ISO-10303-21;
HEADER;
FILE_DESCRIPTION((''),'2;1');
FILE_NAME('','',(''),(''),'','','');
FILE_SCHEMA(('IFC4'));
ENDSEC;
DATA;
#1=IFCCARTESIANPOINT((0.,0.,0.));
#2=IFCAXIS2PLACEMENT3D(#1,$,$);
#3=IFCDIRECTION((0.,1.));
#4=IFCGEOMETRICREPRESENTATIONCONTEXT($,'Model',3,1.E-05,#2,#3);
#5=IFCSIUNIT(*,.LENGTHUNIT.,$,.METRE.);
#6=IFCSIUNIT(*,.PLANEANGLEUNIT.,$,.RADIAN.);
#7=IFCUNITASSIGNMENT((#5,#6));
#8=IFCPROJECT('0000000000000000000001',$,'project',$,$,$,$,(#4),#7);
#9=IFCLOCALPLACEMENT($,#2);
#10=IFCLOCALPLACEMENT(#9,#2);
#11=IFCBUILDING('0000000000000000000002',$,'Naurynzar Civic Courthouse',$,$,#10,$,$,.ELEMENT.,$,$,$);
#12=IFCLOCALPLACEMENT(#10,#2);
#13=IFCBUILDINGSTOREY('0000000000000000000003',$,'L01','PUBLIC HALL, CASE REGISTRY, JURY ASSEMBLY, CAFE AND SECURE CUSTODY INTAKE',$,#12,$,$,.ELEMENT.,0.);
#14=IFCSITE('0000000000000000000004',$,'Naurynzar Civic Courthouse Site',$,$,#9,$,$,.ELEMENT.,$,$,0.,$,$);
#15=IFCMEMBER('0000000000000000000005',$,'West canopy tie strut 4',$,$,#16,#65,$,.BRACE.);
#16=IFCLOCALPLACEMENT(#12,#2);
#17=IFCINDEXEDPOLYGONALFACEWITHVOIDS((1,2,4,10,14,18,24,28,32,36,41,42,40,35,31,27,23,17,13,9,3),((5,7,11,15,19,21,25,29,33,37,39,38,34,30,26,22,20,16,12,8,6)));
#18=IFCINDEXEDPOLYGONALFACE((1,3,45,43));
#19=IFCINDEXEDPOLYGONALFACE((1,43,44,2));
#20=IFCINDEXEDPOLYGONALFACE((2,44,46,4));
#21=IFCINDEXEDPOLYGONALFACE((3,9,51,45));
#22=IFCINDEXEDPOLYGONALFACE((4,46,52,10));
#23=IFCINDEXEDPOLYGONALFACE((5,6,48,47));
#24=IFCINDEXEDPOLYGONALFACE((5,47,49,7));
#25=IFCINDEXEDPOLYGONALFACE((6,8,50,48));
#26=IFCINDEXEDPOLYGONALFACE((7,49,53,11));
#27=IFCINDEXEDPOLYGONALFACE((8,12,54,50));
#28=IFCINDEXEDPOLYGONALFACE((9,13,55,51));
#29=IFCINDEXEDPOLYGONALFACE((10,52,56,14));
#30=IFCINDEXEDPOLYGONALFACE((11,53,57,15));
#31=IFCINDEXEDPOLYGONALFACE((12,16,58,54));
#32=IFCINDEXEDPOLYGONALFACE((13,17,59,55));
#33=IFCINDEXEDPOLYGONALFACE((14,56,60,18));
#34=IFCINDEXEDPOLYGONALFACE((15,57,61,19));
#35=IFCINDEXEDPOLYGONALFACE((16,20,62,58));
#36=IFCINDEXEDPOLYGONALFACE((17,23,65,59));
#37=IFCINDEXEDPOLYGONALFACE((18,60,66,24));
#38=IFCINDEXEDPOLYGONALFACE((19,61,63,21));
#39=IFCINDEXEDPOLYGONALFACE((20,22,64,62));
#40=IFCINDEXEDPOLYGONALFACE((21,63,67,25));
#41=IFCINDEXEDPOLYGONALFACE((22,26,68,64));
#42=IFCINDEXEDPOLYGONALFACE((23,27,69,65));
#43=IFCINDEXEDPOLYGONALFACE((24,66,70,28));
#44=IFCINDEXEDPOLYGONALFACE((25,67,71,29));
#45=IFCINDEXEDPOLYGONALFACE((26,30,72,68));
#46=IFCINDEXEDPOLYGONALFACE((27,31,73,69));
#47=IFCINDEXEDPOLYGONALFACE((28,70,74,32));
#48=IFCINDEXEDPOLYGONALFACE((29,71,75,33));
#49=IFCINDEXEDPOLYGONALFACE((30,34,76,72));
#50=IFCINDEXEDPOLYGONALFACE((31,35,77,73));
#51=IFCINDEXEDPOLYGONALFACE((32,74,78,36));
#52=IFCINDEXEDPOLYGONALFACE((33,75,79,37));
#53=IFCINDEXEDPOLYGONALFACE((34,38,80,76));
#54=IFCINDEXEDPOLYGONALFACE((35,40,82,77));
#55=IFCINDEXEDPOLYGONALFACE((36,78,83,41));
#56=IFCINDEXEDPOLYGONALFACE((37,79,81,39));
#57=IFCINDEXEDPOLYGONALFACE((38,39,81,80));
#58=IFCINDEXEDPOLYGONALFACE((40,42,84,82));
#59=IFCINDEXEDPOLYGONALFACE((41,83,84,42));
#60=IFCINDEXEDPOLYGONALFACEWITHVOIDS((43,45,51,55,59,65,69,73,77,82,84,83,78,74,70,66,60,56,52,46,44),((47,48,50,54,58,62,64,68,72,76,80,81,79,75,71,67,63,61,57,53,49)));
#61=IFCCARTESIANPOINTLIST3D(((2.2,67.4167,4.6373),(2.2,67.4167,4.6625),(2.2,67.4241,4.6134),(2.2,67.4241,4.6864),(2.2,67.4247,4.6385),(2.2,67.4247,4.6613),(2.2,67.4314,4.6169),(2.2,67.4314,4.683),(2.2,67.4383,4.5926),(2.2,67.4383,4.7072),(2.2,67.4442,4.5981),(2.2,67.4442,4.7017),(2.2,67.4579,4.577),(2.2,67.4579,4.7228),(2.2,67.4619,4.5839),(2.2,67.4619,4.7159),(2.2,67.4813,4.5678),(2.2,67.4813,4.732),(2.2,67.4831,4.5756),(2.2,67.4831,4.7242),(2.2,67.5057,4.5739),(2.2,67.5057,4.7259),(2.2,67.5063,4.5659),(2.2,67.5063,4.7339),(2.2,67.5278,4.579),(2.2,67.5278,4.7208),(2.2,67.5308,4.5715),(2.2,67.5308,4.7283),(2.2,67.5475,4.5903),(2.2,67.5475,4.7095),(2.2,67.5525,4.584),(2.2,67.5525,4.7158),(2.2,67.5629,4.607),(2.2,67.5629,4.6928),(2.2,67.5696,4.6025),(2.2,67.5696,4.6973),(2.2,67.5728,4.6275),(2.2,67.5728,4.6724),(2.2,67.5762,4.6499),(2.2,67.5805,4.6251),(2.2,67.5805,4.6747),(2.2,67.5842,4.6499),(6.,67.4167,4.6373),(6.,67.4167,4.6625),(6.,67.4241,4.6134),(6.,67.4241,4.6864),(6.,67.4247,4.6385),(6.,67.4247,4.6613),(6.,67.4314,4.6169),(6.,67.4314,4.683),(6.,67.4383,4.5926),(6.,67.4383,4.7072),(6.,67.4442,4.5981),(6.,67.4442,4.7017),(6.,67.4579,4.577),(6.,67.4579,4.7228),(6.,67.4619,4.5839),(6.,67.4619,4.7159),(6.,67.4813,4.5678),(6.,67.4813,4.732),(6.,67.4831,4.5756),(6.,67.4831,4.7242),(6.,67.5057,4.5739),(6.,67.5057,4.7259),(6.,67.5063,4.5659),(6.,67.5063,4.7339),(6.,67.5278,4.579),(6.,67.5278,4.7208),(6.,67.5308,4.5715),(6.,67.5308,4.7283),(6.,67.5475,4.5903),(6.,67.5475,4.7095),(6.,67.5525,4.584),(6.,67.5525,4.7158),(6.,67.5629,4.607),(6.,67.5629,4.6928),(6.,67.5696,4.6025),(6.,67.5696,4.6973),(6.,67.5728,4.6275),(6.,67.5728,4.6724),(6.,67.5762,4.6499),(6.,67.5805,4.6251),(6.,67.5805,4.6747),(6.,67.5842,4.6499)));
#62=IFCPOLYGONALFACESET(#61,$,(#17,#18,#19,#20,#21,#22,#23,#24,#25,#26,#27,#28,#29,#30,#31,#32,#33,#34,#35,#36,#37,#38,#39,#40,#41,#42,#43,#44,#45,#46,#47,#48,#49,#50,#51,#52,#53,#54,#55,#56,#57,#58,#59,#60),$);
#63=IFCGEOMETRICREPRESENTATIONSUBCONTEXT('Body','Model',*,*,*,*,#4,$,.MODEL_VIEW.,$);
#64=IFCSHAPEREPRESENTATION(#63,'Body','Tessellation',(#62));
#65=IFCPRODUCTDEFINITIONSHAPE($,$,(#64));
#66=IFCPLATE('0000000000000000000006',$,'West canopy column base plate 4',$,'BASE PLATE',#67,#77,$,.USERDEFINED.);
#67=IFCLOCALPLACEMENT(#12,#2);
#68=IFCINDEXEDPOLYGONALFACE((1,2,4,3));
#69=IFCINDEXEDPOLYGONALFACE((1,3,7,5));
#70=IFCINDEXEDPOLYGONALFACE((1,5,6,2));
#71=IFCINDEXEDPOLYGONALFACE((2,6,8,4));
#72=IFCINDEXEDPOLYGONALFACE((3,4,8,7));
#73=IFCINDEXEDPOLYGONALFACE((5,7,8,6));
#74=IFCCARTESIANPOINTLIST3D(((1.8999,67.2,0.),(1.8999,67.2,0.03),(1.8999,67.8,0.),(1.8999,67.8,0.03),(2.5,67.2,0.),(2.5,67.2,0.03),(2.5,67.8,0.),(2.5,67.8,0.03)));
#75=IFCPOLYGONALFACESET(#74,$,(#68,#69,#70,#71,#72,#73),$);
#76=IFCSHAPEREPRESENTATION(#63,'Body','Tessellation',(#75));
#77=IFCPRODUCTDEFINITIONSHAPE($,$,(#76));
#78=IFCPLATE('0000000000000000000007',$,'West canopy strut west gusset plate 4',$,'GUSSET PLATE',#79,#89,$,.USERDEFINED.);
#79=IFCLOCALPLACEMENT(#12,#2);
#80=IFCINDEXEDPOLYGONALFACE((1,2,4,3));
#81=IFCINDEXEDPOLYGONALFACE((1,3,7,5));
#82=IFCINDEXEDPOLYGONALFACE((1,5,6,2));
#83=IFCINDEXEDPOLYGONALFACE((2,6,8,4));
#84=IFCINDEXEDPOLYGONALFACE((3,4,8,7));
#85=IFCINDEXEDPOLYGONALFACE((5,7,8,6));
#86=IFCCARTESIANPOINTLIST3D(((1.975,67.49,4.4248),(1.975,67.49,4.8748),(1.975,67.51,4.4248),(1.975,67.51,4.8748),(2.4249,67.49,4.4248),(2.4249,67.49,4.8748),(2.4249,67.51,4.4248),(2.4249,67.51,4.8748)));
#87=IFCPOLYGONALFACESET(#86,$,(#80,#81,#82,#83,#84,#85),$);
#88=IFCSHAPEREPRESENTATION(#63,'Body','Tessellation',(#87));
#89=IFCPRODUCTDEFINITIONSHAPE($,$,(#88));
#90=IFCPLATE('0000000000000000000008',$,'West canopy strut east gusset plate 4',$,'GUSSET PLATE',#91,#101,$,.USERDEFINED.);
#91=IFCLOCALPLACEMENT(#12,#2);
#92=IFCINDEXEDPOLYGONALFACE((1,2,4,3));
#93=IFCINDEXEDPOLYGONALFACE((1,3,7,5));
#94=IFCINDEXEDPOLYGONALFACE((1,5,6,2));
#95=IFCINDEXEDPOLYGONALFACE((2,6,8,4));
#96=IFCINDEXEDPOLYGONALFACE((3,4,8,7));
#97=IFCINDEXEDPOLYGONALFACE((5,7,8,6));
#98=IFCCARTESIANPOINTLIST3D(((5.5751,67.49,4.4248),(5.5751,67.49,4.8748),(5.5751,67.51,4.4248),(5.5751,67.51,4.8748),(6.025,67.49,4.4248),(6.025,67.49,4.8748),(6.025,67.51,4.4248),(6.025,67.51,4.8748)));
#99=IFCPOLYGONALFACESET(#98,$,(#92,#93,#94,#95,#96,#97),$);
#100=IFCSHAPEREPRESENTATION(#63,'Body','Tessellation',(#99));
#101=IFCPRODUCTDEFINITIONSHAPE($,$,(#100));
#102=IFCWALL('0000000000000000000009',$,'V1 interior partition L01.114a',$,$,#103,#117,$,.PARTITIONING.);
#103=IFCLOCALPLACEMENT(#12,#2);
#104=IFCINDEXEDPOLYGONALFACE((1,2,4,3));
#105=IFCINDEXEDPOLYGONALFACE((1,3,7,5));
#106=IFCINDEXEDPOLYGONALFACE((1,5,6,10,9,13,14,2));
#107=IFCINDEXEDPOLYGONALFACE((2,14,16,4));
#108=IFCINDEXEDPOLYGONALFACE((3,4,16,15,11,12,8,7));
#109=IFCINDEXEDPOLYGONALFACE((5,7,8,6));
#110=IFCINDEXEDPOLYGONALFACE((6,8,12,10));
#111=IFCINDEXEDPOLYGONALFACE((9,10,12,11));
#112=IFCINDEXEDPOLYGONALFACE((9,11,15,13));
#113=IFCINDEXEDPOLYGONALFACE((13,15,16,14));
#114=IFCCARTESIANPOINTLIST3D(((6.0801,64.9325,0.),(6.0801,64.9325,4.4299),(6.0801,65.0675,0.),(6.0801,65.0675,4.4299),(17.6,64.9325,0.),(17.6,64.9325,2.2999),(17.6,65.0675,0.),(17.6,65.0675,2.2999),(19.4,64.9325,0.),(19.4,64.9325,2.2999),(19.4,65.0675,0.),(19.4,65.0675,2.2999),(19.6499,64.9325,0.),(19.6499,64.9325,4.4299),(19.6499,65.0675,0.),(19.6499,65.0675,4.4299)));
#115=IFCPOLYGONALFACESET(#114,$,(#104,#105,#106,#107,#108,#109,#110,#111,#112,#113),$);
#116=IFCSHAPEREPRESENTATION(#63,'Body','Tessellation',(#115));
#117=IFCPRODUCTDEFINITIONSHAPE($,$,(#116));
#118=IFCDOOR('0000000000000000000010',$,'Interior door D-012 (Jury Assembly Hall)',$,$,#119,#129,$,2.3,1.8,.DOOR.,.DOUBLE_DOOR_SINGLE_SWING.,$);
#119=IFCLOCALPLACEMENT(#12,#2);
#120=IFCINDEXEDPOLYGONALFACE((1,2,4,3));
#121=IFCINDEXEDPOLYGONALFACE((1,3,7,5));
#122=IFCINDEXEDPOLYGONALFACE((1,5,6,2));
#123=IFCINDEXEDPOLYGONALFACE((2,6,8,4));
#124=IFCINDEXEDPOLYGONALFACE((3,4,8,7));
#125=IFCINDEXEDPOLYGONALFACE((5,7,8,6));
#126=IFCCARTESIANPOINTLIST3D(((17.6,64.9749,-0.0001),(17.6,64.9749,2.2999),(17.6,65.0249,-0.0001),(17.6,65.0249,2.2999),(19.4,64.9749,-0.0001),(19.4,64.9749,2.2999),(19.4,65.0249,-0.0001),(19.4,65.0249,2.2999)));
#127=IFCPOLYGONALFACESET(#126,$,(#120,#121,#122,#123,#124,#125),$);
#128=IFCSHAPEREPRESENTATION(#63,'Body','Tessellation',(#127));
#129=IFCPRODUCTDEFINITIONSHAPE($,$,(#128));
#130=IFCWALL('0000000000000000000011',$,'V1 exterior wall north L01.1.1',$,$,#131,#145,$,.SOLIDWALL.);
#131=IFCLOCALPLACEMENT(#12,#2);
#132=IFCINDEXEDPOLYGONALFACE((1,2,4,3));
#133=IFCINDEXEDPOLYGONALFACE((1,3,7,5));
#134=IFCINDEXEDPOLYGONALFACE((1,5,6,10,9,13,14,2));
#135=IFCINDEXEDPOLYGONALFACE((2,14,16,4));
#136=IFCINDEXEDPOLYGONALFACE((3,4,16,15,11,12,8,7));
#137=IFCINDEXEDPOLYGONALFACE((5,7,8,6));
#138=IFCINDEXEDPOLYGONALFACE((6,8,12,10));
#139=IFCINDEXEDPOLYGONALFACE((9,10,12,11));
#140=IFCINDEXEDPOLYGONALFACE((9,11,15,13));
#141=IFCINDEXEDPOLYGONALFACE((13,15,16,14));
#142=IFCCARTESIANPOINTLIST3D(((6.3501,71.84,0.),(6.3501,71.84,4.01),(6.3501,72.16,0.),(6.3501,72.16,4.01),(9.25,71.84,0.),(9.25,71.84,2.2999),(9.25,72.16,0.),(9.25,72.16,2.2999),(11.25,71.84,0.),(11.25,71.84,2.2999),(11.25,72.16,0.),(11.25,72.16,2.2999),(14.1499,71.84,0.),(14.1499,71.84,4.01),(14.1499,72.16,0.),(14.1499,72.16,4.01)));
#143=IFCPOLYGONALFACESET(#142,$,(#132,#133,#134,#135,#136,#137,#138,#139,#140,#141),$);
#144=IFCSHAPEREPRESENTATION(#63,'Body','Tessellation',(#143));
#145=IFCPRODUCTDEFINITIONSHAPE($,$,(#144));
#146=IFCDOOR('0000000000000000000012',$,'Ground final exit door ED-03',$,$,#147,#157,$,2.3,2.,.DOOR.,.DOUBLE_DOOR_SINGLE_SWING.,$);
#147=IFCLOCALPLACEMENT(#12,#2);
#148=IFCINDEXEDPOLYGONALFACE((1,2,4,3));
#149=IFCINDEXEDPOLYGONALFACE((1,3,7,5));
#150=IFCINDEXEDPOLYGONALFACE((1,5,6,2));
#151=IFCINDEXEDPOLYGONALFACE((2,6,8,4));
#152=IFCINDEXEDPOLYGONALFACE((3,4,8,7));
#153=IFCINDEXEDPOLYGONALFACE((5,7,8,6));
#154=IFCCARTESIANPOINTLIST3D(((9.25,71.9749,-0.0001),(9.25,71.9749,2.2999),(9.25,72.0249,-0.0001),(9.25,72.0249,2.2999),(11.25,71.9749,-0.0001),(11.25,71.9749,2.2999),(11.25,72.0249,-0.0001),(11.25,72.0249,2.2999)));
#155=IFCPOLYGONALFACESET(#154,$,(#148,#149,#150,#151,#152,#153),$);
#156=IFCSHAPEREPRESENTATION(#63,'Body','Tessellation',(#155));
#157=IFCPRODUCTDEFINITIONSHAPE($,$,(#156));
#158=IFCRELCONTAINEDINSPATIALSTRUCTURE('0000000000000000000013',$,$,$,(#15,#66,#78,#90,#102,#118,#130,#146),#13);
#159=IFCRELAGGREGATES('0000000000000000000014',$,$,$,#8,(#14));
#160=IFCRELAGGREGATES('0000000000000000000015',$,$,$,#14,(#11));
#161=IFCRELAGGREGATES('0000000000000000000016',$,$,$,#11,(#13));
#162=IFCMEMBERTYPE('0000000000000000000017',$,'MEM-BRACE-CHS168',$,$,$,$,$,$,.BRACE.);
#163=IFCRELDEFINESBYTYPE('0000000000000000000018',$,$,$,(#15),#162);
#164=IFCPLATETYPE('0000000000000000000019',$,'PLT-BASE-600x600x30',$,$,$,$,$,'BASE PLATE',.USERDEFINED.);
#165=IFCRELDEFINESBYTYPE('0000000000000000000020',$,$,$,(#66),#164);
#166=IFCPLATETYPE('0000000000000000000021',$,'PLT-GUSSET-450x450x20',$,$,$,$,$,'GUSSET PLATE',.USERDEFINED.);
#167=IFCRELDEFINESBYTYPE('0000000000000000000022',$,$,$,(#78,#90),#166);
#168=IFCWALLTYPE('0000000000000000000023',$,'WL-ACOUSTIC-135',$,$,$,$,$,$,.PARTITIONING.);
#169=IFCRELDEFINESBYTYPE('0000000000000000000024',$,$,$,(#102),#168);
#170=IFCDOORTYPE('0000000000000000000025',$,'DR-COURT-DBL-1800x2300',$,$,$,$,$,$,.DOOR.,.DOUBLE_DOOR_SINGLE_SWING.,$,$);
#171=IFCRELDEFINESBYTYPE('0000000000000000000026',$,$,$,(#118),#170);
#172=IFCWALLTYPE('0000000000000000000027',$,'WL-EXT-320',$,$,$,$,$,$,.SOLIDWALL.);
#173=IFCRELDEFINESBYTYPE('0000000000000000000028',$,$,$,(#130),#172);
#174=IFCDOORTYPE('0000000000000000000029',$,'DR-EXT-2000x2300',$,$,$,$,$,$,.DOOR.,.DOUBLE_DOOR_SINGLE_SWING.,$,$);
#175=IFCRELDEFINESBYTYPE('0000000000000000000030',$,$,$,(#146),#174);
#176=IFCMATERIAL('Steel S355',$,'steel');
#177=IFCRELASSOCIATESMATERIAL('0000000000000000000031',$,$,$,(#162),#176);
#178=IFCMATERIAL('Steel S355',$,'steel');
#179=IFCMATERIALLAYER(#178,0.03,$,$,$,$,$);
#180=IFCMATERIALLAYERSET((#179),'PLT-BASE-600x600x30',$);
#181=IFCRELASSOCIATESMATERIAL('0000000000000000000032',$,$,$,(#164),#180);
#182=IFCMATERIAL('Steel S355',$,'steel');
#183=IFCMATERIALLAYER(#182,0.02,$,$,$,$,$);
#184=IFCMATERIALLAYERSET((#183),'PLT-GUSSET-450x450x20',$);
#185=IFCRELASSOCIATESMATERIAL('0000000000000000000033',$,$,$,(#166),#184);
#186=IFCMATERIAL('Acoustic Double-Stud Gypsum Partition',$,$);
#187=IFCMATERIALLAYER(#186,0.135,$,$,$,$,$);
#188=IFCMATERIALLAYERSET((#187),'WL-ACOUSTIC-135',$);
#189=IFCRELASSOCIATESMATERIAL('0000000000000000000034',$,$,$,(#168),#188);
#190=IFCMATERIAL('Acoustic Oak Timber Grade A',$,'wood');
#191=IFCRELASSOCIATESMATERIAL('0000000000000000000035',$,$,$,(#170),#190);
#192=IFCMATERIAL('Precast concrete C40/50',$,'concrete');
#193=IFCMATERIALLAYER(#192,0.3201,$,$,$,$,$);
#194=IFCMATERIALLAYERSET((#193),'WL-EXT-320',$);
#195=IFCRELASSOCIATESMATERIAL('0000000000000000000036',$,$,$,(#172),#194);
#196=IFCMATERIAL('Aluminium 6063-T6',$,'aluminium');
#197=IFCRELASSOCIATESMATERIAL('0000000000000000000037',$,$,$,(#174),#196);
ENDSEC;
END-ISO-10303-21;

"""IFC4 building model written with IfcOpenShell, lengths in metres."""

from ifc_helpers import new_model, si_unit, direction, frame, frame_2d, origin, origin_2d, place, context, subcontext, project, spatial, rectangle, hollow_circle, extrude, material, layer, layer_set, material_profile, profile_set, type_object, element, fill, save


model = new_model("IFC4")

# Units and contexts
model_context = context("Model", 3, precision=1e-05, world=origin(), true_north=direction((0.0, 1.0)))
body_context = subcontext(model_context, "Body", "Model", "MODEL_VIEW")
ifc_project = project(units=[si_unit("LENGTHUNIT", "METRE"), si_unit("PLANEANGLEUNIT", "RADIAN")], contexts=[model_context])

# Site, building, storey
site_placement = place(None, origin())
site = spatial("IfcSite", under=ifc_project, at=site_placement, Name="Naurynzar Civic Courthouse Site", CompositionType="ELEMENT", RefElevation=0.0)
building_placement = place(site_placement, origin())
building = spatial("IfcBuilding", under=site, at=building_placement, Name="Naurynzar Civic Courthouse", CompositionType="ELEMENT")
storey_placement = place(building_placement, origin())
storey = spatial("IfcBuildingStorey", under=building, at=storey_placement, Name="L01", Description="PUBLIC HALL, CASE REGISTRY, JURY ASSEMBLY, CAFE AND SECURE CUSTODY INTAKE", CompositionType="ELEMENT", Elevation=0.0)

# Member
ifc_material_1 = material(Name="Steel S355", Category="steel")
ifc_material_profile_1 = material_profile(ifc_material_1, hollow_circle(Radius=0.0842, WallThickness=0.0081, at=origin_2d()), Name="CHS 168.3x8")
ifc_profile_set_1 = profile_set([ifc_material_profile_1], Name="Steel S355")
member_type = type_object("IfcMemberType", Name="MEM-BRACE-CHS168", PredefinedType="BRACE", material=ifc_profile_set_1)
member_placement = place(storey_placement, frame((2.2, 67.5, 4.6499), z_axis=(1.0, 0.0, 0.0), x_axis=(0.0, 1.0, 0.0)))
element("IfcMember", 1, at=member_placement, inside=storey, type_object=member_type, Name="West canopy tie strut 4", PredefinedType="BRACE", context=body_context, shape_type="SweptSolid", body=[
    extrude(hollow_circle(Radius=0.0842, WallThickness=0.0081, at=origin_2d()), origin(), (0.0, 0.0, 1.0), 3.8),
])

# Plates
ifc_material_2 = material(Name="Steel S355", Category="steel")
ifc_layer_1 = layer(ifc_material_2, 0.03)
ifc_layer_set_1 = layer_set([ifc_layer_1], Name="PLT-BASE-600x600x30")
plate_type_1 = type_object("IfcPlateType", Name="PLT-BASE-600x600x30", ElementType="BASE PLATE", PredefinedType="USERDEFINED", material=ifc_layer_set_1)
plate_placement = place(storey_placement, frame((2.2, 67.5, 0.0), z_axis=(0.0, 0.0, 1.0), x_axis=(1.0, 0.0, 0.0)))
element("IfcPlate", 2, at=plate_placement, inside=storey, type_object=plate_type_1, Name="West canopy column base plate 4", ObjectType="BASE PLATE", PredefinedType="USERDEFINED", context=body_context, shape_type="SweptSolid", body=[
    extrude(rectangle(XDim=0.6001, YDim=0.6001, at=origin_2d()), origin(), (0.0, 0.0, 1.0), 0.03),
])
ifc_material_3 = material(Name="Steel S355", Category="steel")
ifc_layer_2 = layer(ifc_material_3, 0.02)
ifc_layer_set_2 = layer_set([ifc_layer_2], Name="PLT-GUSSET-450x450x20")
plate_type_2 = type_object("IfcPlateType", Name="PLT-GUSSET-450x450x20", ElementType="GUSSET PLATE", PredefinedType="USERDEFINED", material=ifc_layer_set_2)
for number, where, z_axis, x_axis, name in (
    (3, (2.2, 67.5, 4.4248), (0.0, 0.0, 1.0), (1.0, 0.0, 0.0), "West canopy strut west gusset plate 4"),
    (4, (5.8, 67.5, 4.4248), (0.0, 0.0, 1.0), (1.0, 0.0, 0.0), "West canopy strut east gusset plate 4"),
):
    element("IfcPlate", number, at=place(storey_placement, frame(where, z_axis=z_axis, x_axis=x_axis)), inside=storey, type_object=plate_type_2, Name=name, ObjectType="GUSSET PLATE", PredefinedType="USERDEFINED", context=body_context, shape_type="SweptSolid", body=[
        extrude(rectangle(XDim=0.45, YDim=0.02, at=origin_2d()), origin(), (0.0, 0.0, 1.0), 0.45),
    ])

# Walls, openings, doors
ifc_material_4 = material(Name="Acoustic Double-Stud Gypsum Partition")
ifc_layer_3 = layer(ifc_material_4, 0.135)
ifc_layer_set_3 = layer_set([ifc_layer_3], Name="WL-ACOUSTIC-135")
wall_type_1 = type_object("IfcWallType", Name="WL-ACOUSTIC-135", PredefinedType="PARTITIONING", material=ifc_layer_set_3)
wall_1_placement = place(storey_placement, frame((6.0801, 65.0, 0.0), z_axis=(0.0, 0.0, 1.0), x_axis=(1.0, 0.0, 0.0)))
wall_1 = element("IfcWall", 5, at=wall_1_placement, inside=storey, type_object=wall_type_1, Name="V1 interior partition L01.114a", PredefinedType="PARTITIONING", context=body_context, shape_type="SweptSolid", body=[
    extrude(rectangle(XDim=13.5698, YDim=0.135, at=frame_2d((6.7849, 0.0))), origin(), (0.0, 0.0, 1.0), 4.4299),
])
opening_1_placement = place(wall_1_placement, frame((11.52, 0.0, 0.0)))
opening_1 = element("IfcOpeningElement", 6, at=opening_1_placement, cuts=wall_1, PredefinedType="OPENING", context=body_context, shape_type="SweptSolid", body=[
    extrude(rectangle(XDim=1.8, YDim=2.3, at=frame_2d((0.8999, 1.1499))), frame((0.0, 0.0774, 0.0), z_axis=(0.0, -1.0, 0.0), x_axis=(1.0, 0.0, 0.0)), (0.0, 0.0, 1.0), 0.155),
])
ifc_material_5 = material(Name="Acoustic Oak Timber Grade A", Category="wood")
door_type_1 = type_object("IfcDoorType", Name="DR-COURT-DBL-1800x2300", OperationType="DOUBLE_DOOR_SINGLE_SWING", PredefinedType="DOOR", material=ifc_material_5)
door_1_placement = place(opening_1_placement, origin())
door_1 = element("IfcDoor", 7, at=door_1_placement, inside=storey, type_object=door_type_1, Name="Interior door D-012 (Jury Assembly Hall)", OperationType="DOUBLE_DOOR_SINGLE_SWING", OverallHeight=2.3, OverallWidth=1.8, PredefinedType="DOOR", context=body_context, shape_type="SweptSolid", body=[
    extrude(rectangle(XDim=1.8, YDim=2.3, at=frame_2d((0.8999, 1.1499))), frame((0.0, 0.0249, 0.0), z_axis=(0.0, -1.0, 0.0), x_axis=(1.0, 0.0, 0.0)), (0.0, 0.0, 1.0), 0.05),
])
fill(opening_1, door_1)
ifc_material_6 = material(Name="Precast concrete C40/50", Category="concrete")
ifc_layer_4 = layer(ifc_material_6, 0.3201)
ifc_layer_set_4 = layer_set([ifc_layer_4], Name="WL-EXT-320")
wall_type_2 = type_object("IfcWallType", Name="WL-EXT-320", PredefinedType="SOLIDWALL", material=ifc_layer_set_4)
wall_2_placement = place(storey_placement, frame((6.3501, 72.0, 0.0), z_axis=(0.0, 0.0, 1.0), x_axis=(1.0, 0.0, 0.0)))
wall_2 = element("IfcWall", 8, at=wall_2_placement, inside=storey, type_object=wall_type_2, Name="V1 exterior wall north L01.1.1", PredefinedType="SOLIDWALL", context=body_context, shape_type="SweptSolid", body=[
    extrude(rectangle(XDim=7.7998, YDim=0.3201, at=frame_2d((3.8999, 0.0))), origin(), (0.0, 0.0, 1.0), 4.01),
])
opening_2_placement = place(wall_2_placement, frame((2.8999, 0.0, 0.0)))
opening_2 = element("IfcOpeningElement", 9, at=opening_2_placement, cuts=wall_2, PredefinedType="OPENING", context=body_context, shape_type="SweptSolid", body=[
    extrude(rectangle(XDim=2.0, YDim=2.3, at=frame_2d((1.0, 1.1499))), frame((0.0, 0.1699, 0.0), z_axis=(0.0, -1.0, 0.0), x_axis=(1.0, 0.0, 0.0)), (0.0, 0.0, 1.0), 0.3401),
])
ifc_material_7 = material(Name="Aluminium 6063-T6", Category="aluminium")
door_type_2 = type_object("IfcDoorType", Name="DR-EXT-2000x2300", OperationType="DOUBLE_DOOR_SINGLE_SWING", PredefinedType="DOOR", material=ifc_material_7)
door_2_placement = place(opening_2_placement, origin())
door_2 = element("IfcDoor", 10, at=door_2_placement, inside=storey, type_object=door_type_2, Name="Ground final exit door ED-03", OperationType="DOUBLE_DOOR_SINGLE_SWING", OverallHeight=2.3, OverallWidth=2.0, PredefinedType="DOOR", context=body_context, shape_type="SweptSolid", body=[
    extrude(rectangle(XDim=2.0, YDim=2.3, at=frame_2d((1.0, 1.1499))), frame((0.0, 0.0249, 0.0), z_axis=(0.0, -1.0, 0.0), x_axis=(1.0, 0.0, 0.0)), (0.0, 0.0, 1.0), 0.05),
])
fill(opening_2, door_2)

save(model, "model.ifc")
